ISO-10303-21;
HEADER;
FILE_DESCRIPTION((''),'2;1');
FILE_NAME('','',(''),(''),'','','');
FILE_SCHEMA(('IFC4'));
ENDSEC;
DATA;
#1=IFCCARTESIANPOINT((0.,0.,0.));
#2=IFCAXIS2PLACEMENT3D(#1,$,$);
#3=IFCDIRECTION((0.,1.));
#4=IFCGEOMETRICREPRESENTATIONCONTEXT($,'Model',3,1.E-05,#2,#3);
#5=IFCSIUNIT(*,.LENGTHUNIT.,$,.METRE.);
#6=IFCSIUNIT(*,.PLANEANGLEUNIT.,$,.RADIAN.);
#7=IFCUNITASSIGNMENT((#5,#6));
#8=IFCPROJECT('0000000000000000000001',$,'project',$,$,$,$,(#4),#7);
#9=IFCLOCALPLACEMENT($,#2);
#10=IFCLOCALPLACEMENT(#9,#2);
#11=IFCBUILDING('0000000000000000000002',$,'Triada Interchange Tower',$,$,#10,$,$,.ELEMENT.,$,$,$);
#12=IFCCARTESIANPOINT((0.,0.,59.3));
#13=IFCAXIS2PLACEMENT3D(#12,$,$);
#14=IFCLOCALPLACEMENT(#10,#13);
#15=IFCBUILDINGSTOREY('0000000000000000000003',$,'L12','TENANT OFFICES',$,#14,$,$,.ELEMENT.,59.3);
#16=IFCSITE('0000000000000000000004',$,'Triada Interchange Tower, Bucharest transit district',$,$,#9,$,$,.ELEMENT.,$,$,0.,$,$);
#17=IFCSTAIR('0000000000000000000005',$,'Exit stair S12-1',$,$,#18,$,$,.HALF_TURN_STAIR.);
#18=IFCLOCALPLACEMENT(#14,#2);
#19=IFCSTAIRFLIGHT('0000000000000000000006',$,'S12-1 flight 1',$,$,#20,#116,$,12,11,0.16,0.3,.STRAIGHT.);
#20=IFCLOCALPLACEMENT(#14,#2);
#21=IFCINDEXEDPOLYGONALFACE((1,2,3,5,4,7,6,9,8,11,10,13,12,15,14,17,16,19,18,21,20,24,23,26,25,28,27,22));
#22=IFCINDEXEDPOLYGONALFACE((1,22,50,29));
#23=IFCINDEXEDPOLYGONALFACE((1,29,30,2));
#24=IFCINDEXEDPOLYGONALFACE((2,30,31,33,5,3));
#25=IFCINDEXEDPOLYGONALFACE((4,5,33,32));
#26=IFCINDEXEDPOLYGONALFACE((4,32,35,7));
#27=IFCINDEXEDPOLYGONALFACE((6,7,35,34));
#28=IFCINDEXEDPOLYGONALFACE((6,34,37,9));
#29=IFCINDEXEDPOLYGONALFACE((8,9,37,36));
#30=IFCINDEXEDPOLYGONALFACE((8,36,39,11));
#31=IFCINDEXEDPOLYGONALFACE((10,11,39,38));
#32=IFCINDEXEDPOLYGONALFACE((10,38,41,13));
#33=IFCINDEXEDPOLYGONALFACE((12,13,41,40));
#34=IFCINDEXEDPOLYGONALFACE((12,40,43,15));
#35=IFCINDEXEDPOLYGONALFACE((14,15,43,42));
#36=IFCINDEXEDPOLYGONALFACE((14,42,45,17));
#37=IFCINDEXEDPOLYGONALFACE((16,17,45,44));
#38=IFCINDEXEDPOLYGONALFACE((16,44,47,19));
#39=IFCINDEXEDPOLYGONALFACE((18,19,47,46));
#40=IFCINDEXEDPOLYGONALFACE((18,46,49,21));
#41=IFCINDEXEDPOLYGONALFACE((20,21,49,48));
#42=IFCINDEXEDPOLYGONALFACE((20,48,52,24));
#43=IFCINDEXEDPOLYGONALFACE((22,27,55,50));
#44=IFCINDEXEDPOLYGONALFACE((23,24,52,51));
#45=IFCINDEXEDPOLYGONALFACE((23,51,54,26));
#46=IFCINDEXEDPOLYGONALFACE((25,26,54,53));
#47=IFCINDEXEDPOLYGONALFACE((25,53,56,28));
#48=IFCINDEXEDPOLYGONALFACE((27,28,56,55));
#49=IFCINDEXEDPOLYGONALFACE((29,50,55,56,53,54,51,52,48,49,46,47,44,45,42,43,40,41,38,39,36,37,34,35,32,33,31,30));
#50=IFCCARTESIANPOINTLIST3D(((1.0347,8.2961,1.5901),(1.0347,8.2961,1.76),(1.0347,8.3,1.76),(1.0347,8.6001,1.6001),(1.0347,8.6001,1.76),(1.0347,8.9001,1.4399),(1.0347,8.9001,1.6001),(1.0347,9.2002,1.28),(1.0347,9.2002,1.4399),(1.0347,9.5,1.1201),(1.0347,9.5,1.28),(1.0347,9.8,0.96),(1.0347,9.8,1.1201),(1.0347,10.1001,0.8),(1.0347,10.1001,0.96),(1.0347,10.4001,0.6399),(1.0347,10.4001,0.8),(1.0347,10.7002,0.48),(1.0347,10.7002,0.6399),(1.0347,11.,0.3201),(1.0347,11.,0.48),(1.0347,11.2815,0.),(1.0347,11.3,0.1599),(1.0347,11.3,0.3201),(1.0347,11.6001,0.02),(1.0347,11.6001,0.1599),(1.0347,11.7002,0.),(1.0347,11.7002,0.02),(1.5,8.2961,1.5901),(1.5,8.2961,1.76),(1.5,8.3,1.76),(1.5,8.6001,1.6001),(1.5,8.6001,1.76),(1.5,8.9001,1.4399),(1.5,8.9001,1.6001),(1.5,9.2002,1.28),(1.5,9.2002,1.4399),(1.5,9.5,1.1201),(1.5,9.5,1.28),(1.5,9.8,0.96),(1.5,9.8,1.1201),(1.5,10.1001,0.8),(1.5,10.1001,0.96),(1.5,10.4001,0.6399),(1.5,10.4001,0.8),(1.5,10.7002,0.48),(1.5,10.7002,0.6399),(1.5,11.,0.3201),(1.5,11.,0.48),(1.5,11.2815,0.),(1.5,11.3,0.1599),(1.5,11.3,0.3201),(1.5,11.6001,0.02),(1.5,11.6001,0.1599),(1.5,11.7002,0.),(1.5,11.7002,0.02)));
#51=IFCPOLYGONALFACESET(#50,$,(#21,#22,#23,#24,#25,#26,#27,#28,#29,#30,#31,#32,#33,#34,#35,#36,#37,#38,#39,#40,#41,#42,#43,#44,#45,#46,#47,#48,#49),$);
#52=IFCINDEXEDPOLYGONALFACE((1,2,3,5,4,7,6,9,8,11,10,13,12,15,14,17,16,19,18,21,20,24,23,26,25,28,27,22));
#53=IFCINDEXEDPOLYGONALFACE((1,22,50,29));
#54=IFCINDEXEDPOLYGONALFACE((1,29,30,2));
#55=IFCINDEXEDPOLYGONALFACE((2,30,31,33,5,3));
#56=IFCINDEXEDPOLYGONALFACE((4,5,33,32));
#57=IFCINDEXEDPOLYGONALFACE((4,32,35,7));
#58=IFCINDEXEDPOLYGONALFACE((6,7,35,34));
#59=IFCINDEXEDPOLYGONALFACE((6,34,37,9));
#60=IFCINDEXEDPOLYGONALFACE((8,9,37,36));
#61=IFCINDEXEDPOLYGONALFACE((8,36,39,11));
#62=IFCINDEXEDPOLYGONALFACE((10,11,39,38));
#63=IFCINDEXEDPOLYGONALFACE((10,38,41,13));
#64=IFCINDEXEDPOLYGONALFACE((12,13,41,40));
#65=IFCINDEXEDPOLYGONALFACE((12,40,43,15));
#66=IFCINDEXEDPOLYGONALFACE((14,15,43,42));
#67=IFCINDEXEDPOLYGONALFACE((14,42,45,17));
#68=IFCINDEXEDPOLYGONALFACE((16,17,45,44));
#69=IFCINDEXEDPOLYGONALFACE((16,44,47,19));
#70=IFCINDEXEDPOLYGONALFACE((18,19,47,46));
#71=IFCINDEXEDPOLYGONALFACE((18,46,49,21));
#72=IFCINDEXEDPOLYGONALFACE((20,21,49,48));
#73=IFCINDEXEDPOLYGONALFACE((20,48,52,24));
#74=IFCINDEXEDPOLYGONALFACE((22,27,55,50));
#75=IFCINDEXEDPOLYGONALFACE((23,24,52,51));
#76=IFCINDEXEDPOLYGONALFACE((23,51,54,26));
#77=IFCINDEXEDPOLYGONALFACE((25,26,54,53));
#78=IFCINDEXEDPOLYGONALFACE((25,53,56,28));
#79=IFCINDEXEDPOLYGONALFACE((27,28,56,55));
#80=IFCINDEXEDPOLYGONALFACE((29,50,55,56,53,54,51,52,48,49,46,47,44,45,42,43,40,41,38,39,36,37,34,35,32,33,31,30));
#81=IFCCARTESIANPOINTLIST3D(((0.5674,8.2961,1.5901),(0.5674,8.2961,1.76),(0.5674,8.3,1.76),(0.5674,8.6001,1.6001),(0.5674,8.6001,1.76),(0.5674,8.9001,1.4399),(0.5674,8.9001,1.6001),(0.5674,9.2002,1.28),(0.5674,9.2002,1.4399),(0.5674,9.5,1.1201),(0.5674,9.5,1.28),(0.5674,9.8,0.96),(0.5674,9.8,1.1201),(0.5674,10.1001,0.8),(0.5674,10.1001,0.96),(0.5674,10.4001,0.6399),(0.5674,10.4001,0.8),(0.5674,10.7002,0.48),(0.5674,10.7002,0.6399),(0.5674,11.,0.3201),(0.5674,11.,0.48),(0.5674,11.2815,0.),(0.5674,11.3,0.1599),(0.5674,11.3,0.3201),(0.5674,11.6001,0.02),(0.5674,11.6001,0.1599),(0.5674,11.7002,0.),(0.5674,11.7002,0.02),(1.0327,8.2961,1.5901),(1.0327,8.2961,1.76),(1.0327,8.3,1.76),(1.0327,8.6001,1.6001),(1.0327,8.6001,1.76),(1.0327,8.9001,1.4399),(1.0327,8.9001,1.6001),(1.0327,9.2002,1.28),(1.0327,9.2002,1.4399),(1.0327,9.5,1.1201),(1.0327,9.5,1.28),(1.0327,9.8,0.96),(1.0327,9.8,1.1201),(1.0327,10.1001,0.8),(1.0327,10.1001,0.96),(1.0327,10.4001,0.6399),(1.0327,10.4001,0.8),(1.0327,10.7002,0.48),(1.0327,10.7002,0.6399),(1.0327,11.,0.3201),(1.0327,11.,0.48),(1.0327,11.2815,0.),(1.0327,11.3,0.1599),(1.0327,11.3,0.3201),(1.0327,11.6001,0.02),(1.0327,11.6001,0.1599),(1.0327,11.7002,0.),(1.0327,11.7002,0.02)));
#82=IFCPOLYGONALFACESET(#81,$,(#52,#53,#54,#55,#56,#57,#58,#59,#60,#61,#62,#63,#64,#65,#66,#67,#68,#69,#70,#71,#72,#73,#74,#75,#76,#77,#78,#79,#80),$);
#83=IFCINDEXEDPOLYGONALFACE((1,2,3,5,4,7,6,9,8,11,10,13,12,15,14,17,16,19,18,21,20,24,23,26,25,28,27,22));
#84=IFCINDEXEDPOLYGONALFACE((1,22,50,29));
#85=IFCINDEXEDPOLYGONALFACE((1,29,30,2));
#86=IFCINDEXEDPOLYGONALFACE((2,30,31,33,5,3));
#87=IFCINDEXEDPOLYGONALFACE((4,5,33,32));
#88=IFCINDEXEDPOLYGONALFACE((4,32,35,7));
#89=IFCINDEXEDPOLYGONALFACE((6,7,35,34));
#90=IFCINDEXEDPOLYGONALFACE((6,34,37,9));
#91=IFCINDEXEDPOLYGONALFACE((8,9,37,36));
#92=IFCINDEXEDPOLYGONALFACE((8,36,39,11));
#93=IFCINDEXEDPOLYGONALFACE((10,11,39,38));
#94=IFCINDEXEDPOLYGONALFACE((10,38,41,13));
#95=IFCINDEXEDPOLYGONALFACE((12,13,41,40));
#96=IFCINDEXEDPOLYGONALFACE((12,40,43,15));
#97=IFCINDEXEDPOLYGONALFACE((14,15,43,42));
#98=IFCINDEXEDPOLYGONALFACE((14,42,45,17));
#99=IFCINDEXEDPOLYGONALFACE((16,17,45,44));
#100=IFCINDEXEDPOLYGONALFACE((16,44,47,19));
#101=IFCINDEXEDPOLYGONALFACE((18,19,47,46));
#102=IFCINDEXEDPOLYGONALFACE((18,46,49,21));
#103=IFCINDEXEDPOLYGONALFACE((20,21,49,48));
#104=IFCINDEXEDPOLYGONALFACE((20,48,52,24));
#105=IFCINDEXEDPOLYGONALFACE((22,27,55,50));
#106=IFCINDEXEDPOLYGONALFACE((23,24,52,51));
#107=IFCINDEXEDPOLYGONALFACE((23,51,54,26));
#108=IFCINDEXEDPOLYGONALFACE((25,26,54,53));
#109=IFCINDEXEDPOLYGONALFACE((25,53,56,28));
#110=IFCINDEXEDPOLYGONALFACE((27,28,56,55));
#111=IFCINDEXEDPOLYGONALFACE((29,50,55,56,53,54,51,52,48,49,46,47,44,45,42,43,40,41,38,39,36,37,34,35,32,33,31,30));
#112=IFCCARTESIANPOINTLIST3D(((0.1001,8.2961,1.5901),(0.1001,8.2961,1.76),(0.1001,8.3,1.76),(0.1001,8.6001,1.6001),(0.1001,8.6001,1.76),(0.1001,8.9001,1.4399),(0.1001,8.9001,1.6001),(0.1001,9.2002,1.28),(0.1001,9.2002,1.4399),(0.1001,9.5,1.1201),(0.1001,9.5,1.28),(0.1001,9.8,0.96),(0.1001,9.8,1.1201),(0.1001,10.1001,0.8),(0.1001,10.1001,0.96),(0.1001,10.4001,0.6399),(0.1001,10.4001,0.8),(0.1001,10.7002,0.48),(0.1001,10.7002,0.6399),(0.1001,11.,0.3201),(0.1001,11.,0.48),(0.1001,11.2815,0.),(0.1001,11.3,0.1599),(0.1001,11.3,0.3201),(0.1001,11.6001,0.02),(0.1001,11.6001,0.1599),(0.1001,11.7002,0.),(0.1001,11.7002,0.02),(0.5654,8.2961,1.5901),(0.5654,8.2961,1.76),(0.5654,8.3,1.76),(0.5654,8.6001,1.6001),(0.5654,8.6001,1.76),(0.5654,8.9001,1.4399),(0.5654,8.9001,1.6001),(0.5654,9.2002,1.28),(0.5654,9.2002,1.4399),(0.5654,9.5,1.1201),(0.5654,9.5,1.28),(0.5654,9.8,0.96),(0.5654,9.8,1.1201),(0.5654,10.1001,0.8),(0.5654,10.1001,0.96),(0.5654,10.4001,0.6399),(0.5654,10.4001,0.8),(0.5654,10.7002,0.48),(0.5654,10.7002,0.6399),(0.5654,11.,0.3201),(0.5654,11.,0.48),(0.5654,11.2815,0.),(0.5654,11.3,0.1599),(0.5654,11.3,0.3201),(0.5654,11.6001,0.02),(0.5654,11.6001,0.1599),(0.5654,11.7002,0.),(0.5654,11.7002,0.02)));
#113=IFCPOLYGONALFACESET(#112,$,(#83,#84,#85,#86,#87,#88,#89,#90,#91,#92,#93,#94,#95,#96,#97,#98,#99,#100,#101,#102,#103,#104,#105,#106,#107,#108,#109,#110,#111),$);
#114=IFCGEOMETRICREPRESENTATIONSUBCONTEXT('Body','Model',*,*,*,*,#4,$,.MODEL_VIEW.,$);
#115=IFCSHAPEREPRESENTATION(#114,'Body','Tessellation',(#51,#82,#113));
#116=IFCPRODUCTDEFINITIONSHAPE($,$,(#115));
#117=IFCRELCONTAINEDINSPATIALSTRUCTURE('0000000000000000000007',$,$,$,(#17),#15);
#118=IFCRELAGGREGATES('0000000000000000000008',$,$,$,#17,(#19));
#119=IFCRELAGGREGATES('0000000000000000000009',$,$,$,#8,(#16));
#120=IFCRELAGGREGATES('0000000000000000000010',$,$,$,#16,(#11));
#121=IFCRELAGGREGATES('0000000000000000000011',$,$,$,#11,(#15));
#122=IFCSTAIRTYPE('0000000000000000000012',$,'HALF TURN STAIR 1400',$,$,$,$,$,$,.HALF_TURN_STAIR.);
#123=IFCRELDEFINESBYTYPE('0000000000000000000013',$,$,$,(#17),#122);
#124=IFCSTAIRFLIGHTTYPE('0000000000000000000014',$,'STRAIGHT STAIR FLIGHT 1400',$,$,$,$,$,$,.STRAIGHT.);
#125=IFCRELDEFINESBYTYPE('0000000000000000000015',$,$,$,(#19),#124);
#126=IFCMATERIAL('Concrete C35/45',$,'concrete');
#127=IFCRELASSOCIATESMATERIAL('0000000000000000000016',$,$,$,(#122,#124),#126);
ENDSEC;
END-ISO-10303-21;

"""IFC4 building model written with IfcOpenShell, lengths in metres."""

from ifc_helpers import new_model, si_unit, direction, frame, origin, place, context, subcontext, project, spatial, polyline, outline, extrude, material, type_object, element, aggregate, save


model = new_model("IFC4")

# Units and contexts
model_context = context("Model", 3, precision=1e-05, world=origin(), true_north=direction((0.0, 1.0)))
body_context = subcontext(model_context, "Body", "Model", "MODEL_VIEW")
ifc_project = project(units=[si_unit("LENGTHUNIT", "METRE"), si_unit("PLANEANGLEUNIT", "RADIAN")], contexts=[model_context])

# Site, building, storey
site_placement = place(None, origin())
site = spatial("IfcSite", under=ifc_project, at=site_placement, Name="Triada Interchange Tower, Bucharest transit district", CompositionType="ELEMENT", RefElevation=0.0)
building_placement = place(site_placement, origin())
building = spatial("IfcBuilding", under=site, at=building_placement, Name="Triada Interchange Tower", CompositionType="ELEMENT")
storey_placement = place(building_placement, frame((0.0, 0.0, 59.3)))
storey = spatial("IfcBuildingStorey", under=building, at=storey_placement, Name="L12", Description="TENANT OFFICES", CompositionType="ELEMENT", Elevation=59.3)

# Stair
ifc_material_1 = material(Name="Concrete C35/45", Category="concrete")
stair_type = type_object("IfcStairType", Name="HALF TURN STAIR 1400", PredefinedType="HALF_TURN_STAIR", material=ifc_material_1)
stair_1_placement = place(storey_placement, origin())
stair_1 = element("IfcStair", 1, at=stair_1_placement, inside=storey, type_object=stair_type, Name="Exit stair S12-1", PredefinedType="HALF_TURN_STAIR")

# Stair flight
stair_flight_type = type_object("IfcStairFlightType", Name="STRAIGHT STAIR FLIGHT 1400", PredefinedType="STRAIGHT", material=ifc_material_1)
stair_flight_placement = place(storey_placement, frame((0.8, 11.6001, 0.0), z_axis=(0.0, 0.0, 1.0), x_axis=(0.0, -1.0, 0.0)))
stair_flight = element("IfcStairFlight", 2, at=stair_flight_placement, type_object=stair_flight_type, Name="S12-1 flight 1", NumberOfRisers=12, NumberOfTreads=11, PredefinedType="STRAIGHT", RiserHeight=0.16, TreadLength=0.3, context=body_context, shape_type="SweptSolid", body=[
    extrude(outline(polyline([(-0.1001, 0.0), (-0.1001, 0.02), (0.0, 0.02), (0.0, 0.1599), (0.3, 0.1599), (0.3, 0.3201), (0.6001, 0.3201), (0.6001, 0.48), (0.8999, 0.48), (0.8999, 0.6399), (1.2, 0.6399), (1.2, 0.8), (1.5, 0.8), (1.5, 0.96), (1.8, 0.96), (1.8, 1.1201), (2.1001, 1.1201), (2.1001, 1.28), (2.3999, 1.28), (2.3999, 1.4399), (2.7, 1.4399), (2.7, 1.6001), (3.0, 1.6001), (3.0, 1.76), (3.3, 1.76), (3.304, 1.76), (3.304, 1.9199), (3.304, 1.5901), (0.3186, 0.0), (-0.1001, 0.0)])), frame((0.0, 0.7, 0.0), z_axis=(0.0, -1.0, 0.0), x_axis=(1.0, 0.0, 0.0)), (0.0, 0.0, 1.0), 0.4653),
    extrude(outline(polyline([(-0.1001, 0.0), (-0.1001, 0.02), (0.0, 0.02), (0.0, 0.1599), (0.3, 0.1599), (0.3, 0.3201), (0.6001, 0.3201), (0.6001, 0.48), (0.8999, 0.48), (0.8999, 0.6399), (1.2, 0.6399), (1.2, 0.8), (1.5, 0.8), (1.5, 0.96), (1.8, 0.96), (1.8, 1.1201), (2.1001, 1.1201), (2.1001, 1.28), (2.3999, 1.28), (2.3999, 1.4399), (2.7, 1.4399), (2.7, 1.6001), (3.0, 1.6001), (3.0, 1.76), (3.3, 1.76), (3.304, 1.76), (3.304, 1.9199), (3.304, 1.5901), (0.3186, 0.0), (-0.1001, 0.0)])), frame((0.0, 0.2327, 0.0), z_axis=(0.0, -1.0, 0.0), x_axis=(1.0, 0.0, 0.0)), (0.0, 0.0, 1.0), 0.4653),
    extrude(outline(polyline([(-0.1001, 0.0), (-0.1001, 0.02), (0.0, 0.02), (0.0, 0.1599), (0.3, 0.1599), (0.3, 0.3201), (0.6001, 0.3201), (0.6001, 0.48), (0.8999, 0.48), (0.8999, 0.6399), (1.2, 0.6399), (1.2, 0.8), (1.5, 0.8), (1.5, 0.96), (1.8, 0.96), (1.8, 1.1201), (2.1001, 1.1201), (2.1001, 1.28), (2.3999, 1.28), (2.3999, 1.4399), (2.7, 1.4399), (2.7, 1.6001), (3.0, 1.6001), (3.0, 1.76), (3.3, 1.76), (3.304, 1.76), (3.304, 1.9199), (3.304, 1.5901), (0.3186, 0.0), (-0.1001, 0.0)])), frame((0.0, -0.2346, 0.0), z_axis=(0.0, -1.0, 0.0), x_axis=(1.0, 0.0, 0.0)), (0.0, 0.0, 1.0), 0.4653),
])

aggregate(stair_1, [stair_flight])

save(model, "model.ifc")
